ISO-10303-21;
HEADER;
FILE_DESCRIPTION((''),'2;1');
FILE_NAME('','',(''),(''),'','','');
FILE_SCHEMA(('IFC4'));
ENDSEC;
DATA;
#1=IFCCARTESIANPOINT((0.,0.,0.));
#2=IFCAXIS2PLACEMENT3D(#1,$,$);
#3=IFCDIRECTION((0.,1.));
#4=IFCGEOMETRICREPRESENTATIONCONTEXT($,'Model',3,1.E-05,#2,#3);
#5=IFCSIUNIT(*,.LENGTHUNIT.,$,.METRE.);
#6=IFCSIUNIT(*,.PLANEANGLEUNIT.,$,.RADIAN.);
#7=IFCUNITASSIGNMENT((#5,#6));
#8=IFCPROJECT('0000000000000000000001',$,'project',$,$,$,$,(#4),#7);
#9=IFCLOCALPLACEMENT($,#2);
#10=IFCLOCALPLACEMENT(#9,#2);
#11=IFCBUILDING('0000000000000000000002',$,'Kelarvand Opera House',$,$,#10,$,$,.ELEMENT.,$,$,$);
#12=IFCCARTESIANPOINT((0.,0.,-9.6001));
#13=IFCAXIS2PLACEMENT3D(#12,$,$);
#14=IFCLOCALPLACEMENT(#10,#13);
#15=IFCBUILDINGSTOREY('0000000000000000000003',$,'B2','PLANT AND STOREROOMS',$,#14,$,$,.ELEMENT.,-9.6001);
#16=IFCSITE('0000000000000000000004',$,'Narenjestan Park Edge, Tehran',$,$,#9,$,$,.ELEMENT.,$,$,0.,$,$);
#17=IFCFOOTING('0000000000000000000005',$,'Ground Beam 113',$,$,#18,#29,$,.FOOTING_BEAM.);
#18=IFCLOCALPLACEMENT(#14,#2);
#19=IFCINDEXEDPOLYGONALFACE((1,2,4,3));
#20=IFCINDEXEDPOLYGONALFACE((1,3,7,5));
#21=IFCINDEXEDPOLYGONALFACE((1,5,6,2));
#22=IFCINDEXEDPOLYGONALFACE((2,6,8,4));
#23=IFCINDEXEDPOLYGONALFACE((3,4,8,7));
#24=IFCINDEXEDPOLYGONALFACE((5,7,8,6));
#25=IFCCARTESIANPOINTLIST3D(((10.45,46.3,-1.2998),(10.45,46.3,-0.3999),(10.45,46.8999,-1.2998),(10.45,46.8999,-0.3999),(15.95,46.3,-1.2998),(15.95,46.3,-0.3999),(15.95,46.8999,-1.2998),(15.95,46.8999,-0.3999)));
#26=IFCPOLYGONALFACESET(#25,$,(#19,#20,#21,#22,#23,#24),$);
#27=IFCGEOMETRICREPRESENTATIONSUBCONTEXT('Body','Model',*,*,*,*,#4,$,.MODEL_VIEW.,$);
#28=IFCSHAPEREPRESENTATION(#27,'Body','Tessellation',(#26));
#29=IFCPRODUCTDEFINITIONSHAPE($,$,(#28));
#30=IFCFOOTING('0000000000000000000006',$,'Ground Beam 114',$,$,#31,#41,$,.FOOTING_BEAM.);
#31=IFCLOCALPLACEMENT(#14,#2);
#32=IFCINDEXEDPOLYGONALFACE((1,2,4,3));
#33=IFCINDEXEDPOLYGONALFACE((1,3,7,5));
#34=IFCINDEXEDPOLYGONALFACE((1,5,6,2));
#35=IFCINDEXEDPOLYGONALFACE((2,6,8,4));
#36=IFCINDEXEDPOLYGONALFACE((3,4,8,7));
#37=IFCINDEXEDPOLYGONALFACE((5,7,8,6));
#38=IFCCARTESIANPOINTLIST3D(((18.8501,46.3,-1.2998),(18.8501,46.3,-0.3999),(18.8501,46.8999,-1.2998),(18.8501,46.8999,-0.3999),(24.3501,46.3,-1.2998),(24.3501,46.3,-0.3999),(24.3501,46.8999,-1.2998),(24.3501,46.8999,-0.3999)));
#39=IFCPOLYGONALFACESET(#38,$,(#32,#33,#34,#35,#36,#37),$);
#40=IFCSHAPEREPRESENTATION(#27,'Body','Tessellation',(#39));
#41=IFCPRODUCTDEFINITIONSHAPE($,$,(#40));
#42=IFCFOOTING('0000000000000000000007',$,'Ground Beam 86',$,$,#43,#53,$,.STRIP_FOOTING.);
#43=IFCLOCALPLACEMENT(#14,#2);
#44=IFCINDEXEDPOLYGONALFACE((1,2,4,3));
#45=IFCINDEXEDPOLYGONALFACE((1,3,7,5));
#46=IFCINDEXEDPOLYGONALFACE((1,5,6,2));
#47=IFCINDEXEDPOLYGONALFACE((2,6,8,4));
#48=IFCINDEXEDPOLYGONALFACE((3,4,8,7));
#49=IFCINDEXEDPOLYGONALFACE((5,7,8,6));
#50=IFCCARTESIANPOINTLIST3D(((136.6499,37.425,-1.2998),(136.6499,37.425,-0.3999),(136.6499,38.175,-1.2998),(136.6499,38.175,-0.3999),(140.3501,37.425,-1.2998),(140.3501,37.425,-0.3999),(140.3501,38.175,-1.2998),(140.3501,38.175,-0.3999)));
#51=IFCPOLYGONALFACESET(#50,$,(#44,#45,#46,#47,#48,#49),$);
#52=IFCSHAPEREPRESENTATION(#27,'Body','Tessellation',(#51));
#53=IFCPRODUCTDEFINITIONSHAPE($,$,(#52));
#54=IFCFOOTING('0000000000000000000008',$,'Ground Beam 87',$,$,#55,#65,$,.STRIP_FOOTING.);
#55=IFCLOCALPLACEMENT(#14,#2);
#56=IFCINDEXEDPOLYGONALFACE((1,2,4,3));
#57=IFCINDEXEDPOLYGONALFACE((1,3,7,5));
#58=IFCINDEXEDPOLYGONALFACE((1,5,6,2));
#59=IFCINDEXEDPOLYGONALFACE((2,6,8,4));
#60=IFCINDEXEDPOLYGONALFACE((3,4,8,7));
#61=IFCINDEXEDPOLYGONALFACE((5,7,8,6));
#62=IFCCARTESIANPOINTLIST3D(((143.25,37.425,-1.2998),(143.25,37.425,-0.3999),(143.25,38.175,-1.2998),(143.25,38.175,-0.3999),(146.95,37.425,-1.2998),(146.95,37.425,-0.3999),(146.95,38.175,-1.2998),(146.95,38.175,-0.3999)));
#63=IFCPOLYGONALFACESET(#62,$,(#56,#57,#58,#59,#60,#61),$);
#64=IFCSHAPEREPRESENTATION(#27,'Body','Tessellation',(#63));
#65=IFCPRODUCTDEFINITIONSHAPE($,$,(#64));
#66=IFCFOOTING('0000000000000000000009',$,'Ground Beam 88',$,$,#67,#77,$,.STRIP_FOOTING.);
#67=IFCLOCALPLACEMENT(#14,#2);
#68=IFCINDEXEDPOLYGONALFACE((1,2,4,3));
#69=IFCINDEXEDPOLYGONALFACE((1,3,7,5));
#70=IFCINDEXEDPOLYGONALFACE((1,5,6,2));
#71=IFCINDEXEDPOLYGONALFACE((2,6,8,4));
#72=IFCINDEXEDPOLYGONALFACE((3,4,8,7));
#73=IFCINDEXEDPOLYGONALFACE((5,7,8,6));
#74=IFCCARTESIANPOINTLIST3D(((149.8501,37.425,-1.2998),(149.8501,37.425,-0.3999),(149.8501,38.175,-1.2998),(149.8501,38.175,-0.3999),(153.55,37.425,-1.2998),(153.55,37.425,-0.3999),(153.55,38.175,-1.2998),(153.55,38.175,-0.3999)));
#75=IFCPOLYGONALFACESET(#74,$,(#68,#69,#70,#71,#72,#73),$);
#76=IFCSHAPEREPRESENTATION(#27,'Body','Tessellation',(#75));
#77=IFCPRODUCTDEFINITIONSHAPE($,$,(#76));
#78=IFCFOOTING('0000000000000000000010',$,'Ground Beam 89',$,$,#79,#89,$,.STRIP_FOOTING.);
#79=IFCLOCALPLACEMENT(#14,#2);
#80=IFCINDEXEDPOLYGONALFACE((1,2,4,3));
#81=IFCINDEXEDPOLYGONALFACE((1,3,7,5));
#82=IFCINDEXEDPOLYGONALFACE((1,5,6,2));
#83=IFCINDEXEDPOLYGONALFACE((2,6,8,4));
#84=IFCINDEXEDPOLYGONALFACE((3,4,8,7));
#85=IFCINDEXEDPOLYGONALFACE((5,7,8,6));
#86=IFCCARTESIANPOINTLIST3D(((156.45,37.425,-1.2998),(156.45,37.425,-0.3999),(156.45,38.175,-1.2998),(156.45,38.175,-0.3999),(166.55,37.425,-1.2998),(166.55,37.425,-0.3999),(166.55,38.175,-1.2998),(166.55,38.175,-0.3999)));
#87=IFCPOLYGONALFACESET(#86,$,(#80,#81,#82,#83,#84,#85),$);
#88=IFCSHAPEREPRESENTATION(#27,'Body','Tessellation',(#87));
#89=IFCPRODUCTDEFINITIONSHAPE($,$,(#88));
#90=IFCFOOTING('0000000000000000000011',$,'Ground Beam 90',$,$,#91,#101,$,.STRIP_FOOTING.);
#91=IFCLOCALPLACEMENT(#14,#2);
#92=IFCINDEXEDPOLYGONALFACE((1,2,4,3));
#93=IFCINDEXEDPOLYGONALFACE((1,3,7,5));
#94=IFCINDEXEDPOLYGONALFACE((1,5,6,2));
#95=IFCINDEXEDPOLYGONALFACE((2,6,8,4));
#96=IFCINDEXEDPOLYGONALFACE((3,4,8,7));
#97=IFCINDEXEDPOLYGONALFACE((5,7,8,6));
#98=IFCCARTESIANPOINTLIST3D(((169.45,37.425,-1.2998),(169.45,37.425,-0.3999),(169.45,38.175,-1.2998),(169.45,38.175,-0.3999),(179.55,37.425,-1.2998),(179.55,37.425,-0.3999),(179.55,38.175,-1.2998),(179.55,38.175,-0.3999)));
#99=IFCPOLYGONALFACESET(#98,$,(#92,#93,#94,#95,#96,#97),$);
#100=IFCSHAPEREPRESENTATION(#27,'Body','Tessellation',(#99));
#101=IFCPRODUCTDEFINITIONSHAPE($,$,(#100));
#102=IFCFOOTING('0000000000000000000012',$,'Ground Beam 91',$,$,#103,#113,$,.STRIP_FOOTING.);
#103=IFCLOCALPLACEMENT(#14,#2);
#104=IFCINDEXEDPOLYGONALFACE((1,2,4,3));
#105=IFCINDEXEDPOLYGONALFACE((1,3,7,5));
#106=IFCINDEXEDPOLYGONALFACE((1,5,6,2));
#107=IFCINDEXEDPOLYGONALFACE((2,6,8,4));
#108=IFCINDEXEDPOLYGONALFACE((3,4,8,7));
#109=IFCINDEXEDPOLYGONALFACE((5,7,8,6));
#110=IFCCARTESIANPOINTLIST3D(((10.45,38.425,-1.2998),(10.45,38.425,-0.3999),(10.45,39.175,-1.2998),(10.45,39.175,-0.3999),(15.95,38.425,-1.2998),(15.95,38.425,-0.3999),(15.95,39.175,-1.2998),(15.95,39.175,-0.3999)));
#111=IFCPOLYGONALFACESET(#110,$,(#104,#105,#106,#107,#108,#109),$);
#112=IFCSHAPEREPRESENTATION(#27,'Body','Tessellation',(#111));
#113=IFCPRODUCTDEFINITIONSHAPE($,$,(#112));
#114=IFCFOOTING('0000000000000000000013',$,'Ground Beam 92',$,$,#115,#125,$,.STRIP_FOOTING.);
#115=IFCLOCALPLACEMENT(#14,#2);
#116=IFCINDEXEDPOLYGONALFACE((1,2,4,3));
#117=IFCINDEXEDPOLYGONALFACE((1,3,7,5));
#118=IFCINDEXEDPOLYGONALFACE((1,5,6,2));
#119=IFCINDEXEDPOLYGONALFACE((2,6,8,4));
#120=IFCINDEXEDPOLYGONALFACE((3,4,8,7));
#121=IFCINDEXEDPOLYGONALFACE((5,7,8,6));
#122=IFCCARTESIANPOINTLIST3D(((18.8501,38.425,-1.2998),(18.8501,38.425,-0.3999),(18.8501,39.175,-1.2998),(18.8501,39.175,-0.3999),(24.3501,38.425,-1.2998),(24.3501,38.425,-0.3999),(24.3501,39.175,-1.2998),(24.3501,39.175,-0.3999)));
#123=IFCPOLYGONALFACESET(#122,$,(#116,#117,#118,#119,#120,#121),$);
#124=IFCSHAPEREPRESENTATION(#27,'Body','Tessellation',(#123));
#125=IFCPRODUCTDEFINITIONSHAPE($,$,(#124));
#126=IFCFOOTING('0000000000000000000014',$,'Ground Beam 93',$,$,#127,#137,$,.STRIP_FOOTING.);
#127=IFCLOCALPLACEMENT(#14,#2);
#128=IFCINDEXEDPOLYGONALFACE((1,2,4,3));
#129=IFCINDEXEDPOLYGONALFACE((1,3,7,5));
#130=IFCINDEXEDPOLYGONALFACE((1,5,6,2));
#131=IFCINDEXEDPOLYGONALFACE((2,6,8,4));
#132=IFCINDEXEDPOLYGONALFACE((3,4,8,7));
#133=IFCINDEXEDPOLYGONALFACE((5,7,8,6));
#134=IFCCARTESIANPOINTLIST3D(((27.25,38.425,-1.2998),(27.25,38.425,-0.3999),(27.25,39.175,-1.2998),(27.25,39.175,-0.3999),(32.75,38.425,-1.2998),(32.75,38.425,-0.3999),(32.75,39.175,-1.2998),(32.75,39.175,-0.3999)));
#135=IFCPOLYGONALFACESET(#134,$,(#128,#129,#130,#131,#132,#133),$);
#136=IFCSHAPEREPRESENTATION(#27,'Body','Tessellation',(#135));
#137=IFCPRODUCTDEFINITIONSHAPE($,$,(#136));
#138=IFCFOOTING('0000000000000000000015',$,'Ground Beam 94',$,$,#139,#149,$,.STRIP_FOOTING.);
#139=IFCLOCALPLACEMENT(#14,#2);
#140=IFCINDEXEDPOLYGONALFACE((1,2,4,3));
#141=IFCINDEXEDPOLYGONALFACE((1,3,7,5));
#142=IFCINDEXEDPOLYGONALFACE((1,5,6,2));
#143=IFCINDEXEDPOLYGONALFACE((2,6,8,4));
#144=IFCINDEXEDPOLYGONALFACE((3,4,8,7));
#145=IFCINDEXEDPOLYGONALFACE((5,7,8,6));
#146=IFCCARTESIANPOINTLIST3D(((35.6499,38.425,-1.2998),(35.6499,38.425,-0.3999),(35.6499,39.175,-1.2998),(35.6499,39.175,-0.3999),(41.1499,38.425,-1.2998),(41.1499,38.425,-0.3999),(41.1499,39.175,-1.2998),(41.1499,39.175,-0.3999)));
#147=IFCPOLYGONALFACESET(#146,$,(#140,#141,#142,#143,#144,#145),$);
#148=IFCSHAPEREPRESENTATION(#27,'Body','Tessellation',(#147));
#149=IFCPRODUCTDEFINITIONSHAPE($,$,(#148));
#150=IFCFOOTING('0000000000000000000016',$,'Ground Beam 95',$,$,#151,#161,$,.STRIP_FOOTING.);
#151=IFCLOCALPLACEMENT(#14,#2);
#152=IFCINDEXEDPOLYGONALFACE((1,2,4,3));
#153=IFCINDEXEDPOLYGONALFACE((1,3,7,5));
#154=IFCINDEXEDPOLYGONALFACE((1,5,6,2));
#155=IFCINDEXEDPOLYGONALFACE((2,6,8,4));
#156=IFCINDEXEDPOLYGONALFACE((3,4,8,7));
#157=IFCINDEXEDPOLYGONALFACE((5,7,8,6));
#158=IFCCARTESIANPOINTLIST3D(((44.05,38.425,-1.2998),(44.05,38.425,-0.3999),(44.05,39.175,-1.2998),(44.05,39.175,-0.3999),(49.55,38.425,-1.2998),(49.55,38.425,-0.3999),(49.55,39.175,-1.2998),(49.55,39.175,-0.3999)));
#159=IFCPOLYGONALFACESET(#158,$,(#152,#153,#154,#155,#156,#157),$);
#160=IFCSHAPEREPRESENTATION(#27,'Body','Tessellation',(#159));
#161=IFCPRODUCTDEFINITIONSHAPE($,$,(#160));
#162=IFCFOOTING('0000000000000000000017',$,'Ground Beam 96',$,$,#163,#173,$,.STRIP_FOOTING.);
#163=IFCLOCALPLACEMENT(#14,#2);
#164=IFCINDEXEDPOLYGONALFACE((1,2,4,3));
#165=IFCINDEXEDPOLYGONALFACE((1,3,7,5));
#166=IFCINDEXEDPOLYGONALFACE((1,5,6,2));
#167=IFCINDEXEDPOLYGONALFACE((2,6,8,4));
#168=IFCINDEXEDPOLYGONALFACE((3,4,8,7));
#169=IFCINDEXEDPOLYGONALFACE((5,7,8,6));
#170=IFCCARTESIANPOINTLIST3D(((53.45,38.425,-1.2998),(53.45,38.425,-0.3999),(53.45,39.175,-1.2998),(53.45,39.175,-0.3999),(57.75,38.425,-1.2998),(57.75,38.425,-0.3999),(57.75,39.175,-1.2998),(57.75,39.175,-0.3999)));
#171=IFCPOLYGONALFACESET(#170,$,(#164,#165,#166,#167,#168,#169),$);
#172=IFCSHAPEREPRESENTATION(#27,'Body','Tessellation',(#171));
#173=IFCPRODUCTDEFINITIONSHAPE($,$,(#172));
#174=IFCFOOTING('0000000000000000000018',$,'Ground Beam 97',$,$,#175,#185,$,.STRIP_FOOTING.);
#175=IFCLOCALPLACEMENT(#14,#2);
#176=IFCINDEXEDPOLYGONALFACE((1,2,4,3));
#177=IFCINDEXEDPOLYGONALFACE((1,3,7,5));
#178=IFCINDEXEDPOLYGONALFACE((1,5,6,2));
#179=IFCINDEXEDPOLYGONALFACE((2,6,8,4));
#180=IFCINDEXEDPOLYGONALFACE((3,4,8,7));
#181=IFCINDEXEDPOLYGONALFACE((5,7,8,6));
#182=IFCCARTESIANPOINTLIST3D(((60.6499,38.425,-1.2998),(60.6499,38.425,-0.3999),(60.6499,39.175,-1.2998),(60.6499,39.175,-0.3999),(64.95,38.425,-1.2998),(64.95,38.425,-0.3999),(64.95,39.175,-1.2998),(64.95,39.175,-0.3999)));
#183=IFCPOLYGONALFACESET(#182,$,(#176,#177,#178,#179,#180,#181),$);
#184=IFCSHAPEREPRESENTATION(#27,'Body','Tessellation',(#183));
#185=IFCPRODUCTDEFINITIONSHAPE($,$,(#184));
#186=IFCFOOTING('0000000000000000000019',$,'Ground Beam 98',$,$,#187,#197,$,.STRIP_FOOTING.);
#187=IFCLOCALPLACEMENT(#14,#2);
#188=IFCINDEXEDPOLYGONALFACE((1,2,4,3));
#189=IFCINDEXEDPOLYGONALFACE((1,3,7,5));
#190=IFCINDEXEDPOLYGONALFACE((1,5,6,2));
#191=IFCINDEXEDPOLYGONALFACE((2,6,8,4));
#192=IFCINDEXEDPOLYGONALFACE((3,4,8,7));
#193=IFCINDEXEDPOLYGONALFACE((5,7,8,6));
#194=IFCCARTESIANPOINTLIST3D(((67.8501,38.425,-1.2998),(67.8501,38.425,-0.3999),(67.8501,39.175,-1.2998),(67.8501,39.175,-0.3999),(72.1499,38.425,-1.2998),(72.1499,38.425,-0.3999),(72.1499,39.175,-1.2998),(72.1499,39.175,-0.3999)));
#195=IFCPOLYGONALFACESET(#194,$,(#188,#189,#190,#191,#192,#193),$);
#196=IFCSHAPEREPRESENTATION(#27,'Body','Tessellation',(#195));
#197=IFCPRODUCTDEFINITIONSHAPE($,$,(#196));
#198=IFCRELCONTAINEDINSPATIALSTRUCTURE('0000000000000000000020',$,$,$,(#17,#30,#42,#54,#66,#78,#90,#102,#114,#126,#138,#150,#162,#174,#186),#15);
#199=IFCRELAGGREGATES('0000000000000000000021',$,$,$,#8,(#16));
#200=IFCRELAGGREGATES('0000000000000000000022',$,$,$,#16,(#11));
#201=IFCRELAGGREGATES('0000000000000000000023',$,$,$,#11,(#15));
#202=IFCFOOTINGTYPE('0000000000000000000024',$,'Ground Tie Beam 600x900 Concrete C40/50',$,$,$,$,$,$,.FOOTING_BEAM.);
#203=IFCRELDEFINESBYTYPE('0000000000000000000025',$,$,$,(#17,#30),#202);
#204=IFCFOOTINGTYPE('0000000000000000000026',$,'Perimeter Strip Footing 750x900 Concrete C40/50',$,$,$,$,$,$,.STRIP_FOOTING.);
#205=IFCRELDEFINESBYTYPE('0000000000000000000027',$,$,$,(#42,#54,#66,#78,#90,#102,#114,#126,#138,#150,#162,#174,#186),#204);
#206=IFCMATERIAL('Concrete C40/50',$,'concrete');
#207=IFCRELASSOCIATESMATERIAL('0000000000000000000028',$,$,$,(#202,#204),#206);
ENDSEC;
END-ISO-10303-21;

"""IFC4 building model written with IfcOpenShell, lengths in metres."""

from ifc_helpers import new_model, si_unit, direction, frame, origin, place, context, subcontext, project, spatial, polyline, outline, extrude, material, type_object, element, save


model = new_model("IFC4")

# Units and contexts
model_context = context("Model", 3, precision=1e-05, world=origin(), true_north=direction((0.0, 1.0)))
body_context = subcontext(model_context, "Body", "Model", "MODEL_VIEW")
ifc_project = project(units=[si_unit("LENGTHUNIT", "METRE"), si_unit("PLANEANGLEUNIT", "RADIAN")], contexts=[model_context])

# Site, building, storey
site_placement = place(None, origin())
site = spatial("IfcSite", under=ifc_project, at=site_placement, Name="Narenjestan Park Edge, Tehran", CompositionType="ELEMENT", RefElevation=0.0)
building_placement = place(site_placement, origin())
building = spatial("IfcBuilding", under=site, at=building_placement, Name="Kelarvand Opera House", CompositionType="ELEMENT")
storey_placement = place(building_placement, frame((0.0, 0.0, -9.6001)))
storey = spatial("IfcBuildingStorey", under=building, at=storey_placement, Name="B2", Description="PLANT AND STOREROOMS", CompositionType="ELEMENT", Elevation=-9.6001)

# Footings
ifc_material = material(Name="Concrete C40/50", Category="concrete")
footing_type_1 = type_object("IfcFootingType", Name="Ground Tie Beam 600x900 Concrete C40/50", PredefinedType="FOOTING_BEAM", material=ifc_material)
footing_1_placement = place(storey_placement, frame((0.0, 0.0, -1.2998)))
element("IfcFooting", 1, at=footing_1_placement, inside=storey, type_object=footing_type_1, Name="Ground Beam 113", PredefinedType="FOOTING_BEAM", context=body_context, shape_type="SweptSolid", body=[
    extrude(outline(polyline([(10.45, 46.3), (15.95, 46.3), (15.95, 46.8999), (10.45, 46.8999), (10.45, 46.3)])), origin(), (0.0, 0.0, 1.0), 0.8999),
])
footing_2_placement = place(storey_placement, frame((0.0, 0.0, -1.2998)))
element("IfcFooting", 2, at=footing_2_placement, inside=storey, type_object=footing_type_1, Name="Ground Beam 114", PredefinedType="FOOTING_BEAM", context=body_context, shape_type="SweptSolid", body=[
    extrude(outline(polyline([(18.8501, 46.3), (24.3501, 46.3), (24.3501, 46.8999), (18.8501, 46.8999), (18.8501, 46.3)])), origin(), (0.0, 0.0, 1.0), 0.8999),
])
footing_type_2 = type_object("IfcFootingType", Name="Perimeter Strip Footing 750x900 Concrete C40/50", PredefinedType="STRIP_FOOTING", material=ifc_material)
footing_3_placement = place(storey_placement, frame((0.0, 0.0, -1.2998)))
element("IfcFooting", 3, at=footing_3_placement, inside=storey, type_object=footing_type_2, Name="Ground Beam 86", PredefinedType="STRIP_FOOTING", context=body_context, shape_type="SweptSolid", body=[
    extrude(outline(polyline([(136.6499, 37.425), (140.3501, 37.425), (140.3501, 38.175), (136.6499, 38.175), (136.6499, 37.425)])), origin(), (0.0, 0.0, 1.0), 0.8999),
])
footing_4_placement = place(storey_placement, frame((0.0, 0.0, -1.2998)))
element("IfcFooting", 4, at=footing_4_placement, inside=storey, type_object=footing_type_2, Name="Ground Beam 87", PredefinedType="STRIP_FOOTING", context=body_context, shape_type="SweptSolid", body=[
    extrude(outline(polyline([(143.25, 37.425), (146.95, 37.425), (146.95, 38.175), (143.25, 38.175), (143.25, 37.425)])), origin(), (0.0, 0.0, 1.0), 0.8999),
])
footing_5_placement = place(storey_placement, frame((0.0, 0.0, -1.2998)))
element("IfcFooting", 5, at=footing_5_placement, inside=storey, type_object=footing_type_2, Name="Ground Beam 88", PredefinedType="STRIP_FOOTING", context=body_context, shape_type="SweptSolid", body=[
    extrude(outline(polyline([(149.8501, 37.425), (153.55, 37.425), (153.55, 38.175), (149.8501, 38.175), (149.8501, 37.425)])), origin(), (0.0, 0.0, 1.0), 0.8999),
])
footing_6_placement = place(storey_placement, frame((0.0, 0.0, -1.2998)))
element("IfcFooting", 6, at=footing_6_placement, inside=storey, type_object=footing_type_2, Name="Ground Beam 89", PredefinedType="STRIP_FOOTING", context=body_context, shape_type="SweptSolid", body=[
    extrude(outline(polyline([(156.45, 37.425), (166.55, 37.425), (166.55, 38.175), (156.45, 38.175), (156.45, 37.425)])), origin(), (0.0, 0.0, 1.0), 0.8999),
])
footing_7_placement = place(storey_placement, frame((0.0, 0.0, -1.2998)))
element("IfcFooting", 7, at=footing_7_placement, inside=storey, type_object=footing_type_2, Name="Ground Beam 90", PredefinedType="STRIP_FOOTING", context=body_context, shape_type="SweptSolid", body=[
    extrude(outline(polyline([(169.45, 37.425), (179.55, 37.425), (179.55, 38.175), (169.45, 38.175), (169.45, 37.425)])), origin(), (0.0, 0.0, 1.0), 0.8999),
])
footing_8_placement = place(storey_placement, frame((0.0, 0.0, -1.2998)))
element("IfcFooting", 8, at=footing_8_placement, inside=storey, type_object=footing_type_2, Name="Ground Beam 91", PredefinedType="STRIP_FOOTING", context=body_context, shape_type="SweptSolid", body=[
    extrude(outline(polyline([(10.45, 38.425), (15.95, 38.425), (15.95, 39.175), (10.45, 39.175), (10.45, 38.425)])), origin(), (0.0, 0.0, 1.0), 0.8999),
])
footing_9_placement = place(storey_placement, frame((0.0, 0.0, -1.2998)))
element("IfcFooting", 9, at=footing_9_placement, inside=storey, type_object=footing_type_2, Name="Ground Beam 92", PredefinedType="STRIP_FOOTING", context=body_context, shape_type="SweptSolid", body=[
    extrude(outline(polyline([(18.8501, 38.425), (24.3501, 38.425), (24.3501, 39.175), (18.8501, 39.175), (18.8501, 38.425)])), origin(), (0.0, 0.0, 1.0), 0.8999),
])
footing_10_placement = place(storey_placement, frame((0.0, 0.0, -1.2998)))
element("IfcFooting", 10, at=footing_10_placement, inside=storey, type_object=footing_type_2, Name="Ground Beam 93", PredefinedType="STRIP_FOOTING", context=body_context, shape_type="SweptSolid", body=[
    extrude(outline(polyline([(27.25, 38.425), (32.75, 38.425), (32.75, 39.175), (27.25, 39.175), (27.25, 38.425)])), origin(), (0.0, 0.0, 1.0), 0.8999),
])
footing_11_placement = place(storey_placement, frame((0.0, 0.0, -1.2998)))
element("IfcFooting", 11, at=footing_11_placement, inside=storey, type_object=footing_type_2, Name="Ground Beam 94", PredefinedType="STRIP_FOOTING", context=body_context, shape_type="SweptSolid", body=[
    extrude(outline(polyline([(35.6499, 38.425), (41.1499, 38.425), (41.1499, 39.175), (35.6499, 39.175), (35.6499, 38.425)])), origin(), (0.0, 0.0, 1.0), 0.8999),
])
footing_12_placement = place(storey_placement, frame((0.0, 0.0, -1.2998)))
element("IfcFooting", 12, at=footing_12_placement, inside=storey, type_object=footing_type_2, Name="Ground Beam 95", PredefinedType="STRIP_FOOTING", context=body_context, shape_type="SweptSolid", body=[
    extrude(outline(polyline([(44.05, 38.425), (49.55, 38.425), (49.55, 39.175), (44.05, 39.175), (44.05, 38.425)])), origin(), (0.0, 0.0, 1.0), 0.8999),
])
footing_13_placement = place(storey_placement, frame((0.0, 0.0, -1.2998)))
element("IfcFooting", 13, at=footing_13_placement, inside=storey, type_object=footing_type_2, Name="Ground Beam 96", PredefinedType="STRIP_FOOTING", context=body_context, shape_type="SweptSolid", body=[
    extrude(outline(polyline([(53.45, 38.425), (57.75, 38.425), (57.75, 39.175), (53.45, 39.175), (53.45, 38.425)])), origin(), (0.0, 0.0, 1.0), 0.8999),
])
footing_14_placement = place(storey_placement, frame((0.0, 0.0, -1.2998)))
element("IfcFooting", 14, at=footing_14_placement, inside=storey, type_object=footing_type_2, Name="Ground Beam 97", PredefinedType="STRIP_FOOTING", context=body_context, shape_type="SweptSolid", body=[
    extrude(outline(polyline([(60.6499, 38.425), (64.95, 38.425), (64.95, 39.175), (60.6499, 39.175), (60.6499, 38.425)])), origin(), (0.0, 0.0, 1.0), 0.8999),
])
footing_15_placement = place(storey_placement, frame((0.0, 0.0, -1.2998)))
element("IfcFooting", 15, at=footing_15_placement, inside=storey, type_object=footing_type_2, Name="Ground Beam 98", PredefinedType="STRIP_FOOTING", context=body_context, shape_type="SweptSolid", body=[
    extrude(outline(polyline([(67.8501, 38.425), (72.1499, 38.425), (72.1499, 39.175), (67.8501, 39.175), (67.8501, 38.425)])), origin(), (0.0, 0.0, 1.0), 0.8999),
])

save(model, "model.ifc")
